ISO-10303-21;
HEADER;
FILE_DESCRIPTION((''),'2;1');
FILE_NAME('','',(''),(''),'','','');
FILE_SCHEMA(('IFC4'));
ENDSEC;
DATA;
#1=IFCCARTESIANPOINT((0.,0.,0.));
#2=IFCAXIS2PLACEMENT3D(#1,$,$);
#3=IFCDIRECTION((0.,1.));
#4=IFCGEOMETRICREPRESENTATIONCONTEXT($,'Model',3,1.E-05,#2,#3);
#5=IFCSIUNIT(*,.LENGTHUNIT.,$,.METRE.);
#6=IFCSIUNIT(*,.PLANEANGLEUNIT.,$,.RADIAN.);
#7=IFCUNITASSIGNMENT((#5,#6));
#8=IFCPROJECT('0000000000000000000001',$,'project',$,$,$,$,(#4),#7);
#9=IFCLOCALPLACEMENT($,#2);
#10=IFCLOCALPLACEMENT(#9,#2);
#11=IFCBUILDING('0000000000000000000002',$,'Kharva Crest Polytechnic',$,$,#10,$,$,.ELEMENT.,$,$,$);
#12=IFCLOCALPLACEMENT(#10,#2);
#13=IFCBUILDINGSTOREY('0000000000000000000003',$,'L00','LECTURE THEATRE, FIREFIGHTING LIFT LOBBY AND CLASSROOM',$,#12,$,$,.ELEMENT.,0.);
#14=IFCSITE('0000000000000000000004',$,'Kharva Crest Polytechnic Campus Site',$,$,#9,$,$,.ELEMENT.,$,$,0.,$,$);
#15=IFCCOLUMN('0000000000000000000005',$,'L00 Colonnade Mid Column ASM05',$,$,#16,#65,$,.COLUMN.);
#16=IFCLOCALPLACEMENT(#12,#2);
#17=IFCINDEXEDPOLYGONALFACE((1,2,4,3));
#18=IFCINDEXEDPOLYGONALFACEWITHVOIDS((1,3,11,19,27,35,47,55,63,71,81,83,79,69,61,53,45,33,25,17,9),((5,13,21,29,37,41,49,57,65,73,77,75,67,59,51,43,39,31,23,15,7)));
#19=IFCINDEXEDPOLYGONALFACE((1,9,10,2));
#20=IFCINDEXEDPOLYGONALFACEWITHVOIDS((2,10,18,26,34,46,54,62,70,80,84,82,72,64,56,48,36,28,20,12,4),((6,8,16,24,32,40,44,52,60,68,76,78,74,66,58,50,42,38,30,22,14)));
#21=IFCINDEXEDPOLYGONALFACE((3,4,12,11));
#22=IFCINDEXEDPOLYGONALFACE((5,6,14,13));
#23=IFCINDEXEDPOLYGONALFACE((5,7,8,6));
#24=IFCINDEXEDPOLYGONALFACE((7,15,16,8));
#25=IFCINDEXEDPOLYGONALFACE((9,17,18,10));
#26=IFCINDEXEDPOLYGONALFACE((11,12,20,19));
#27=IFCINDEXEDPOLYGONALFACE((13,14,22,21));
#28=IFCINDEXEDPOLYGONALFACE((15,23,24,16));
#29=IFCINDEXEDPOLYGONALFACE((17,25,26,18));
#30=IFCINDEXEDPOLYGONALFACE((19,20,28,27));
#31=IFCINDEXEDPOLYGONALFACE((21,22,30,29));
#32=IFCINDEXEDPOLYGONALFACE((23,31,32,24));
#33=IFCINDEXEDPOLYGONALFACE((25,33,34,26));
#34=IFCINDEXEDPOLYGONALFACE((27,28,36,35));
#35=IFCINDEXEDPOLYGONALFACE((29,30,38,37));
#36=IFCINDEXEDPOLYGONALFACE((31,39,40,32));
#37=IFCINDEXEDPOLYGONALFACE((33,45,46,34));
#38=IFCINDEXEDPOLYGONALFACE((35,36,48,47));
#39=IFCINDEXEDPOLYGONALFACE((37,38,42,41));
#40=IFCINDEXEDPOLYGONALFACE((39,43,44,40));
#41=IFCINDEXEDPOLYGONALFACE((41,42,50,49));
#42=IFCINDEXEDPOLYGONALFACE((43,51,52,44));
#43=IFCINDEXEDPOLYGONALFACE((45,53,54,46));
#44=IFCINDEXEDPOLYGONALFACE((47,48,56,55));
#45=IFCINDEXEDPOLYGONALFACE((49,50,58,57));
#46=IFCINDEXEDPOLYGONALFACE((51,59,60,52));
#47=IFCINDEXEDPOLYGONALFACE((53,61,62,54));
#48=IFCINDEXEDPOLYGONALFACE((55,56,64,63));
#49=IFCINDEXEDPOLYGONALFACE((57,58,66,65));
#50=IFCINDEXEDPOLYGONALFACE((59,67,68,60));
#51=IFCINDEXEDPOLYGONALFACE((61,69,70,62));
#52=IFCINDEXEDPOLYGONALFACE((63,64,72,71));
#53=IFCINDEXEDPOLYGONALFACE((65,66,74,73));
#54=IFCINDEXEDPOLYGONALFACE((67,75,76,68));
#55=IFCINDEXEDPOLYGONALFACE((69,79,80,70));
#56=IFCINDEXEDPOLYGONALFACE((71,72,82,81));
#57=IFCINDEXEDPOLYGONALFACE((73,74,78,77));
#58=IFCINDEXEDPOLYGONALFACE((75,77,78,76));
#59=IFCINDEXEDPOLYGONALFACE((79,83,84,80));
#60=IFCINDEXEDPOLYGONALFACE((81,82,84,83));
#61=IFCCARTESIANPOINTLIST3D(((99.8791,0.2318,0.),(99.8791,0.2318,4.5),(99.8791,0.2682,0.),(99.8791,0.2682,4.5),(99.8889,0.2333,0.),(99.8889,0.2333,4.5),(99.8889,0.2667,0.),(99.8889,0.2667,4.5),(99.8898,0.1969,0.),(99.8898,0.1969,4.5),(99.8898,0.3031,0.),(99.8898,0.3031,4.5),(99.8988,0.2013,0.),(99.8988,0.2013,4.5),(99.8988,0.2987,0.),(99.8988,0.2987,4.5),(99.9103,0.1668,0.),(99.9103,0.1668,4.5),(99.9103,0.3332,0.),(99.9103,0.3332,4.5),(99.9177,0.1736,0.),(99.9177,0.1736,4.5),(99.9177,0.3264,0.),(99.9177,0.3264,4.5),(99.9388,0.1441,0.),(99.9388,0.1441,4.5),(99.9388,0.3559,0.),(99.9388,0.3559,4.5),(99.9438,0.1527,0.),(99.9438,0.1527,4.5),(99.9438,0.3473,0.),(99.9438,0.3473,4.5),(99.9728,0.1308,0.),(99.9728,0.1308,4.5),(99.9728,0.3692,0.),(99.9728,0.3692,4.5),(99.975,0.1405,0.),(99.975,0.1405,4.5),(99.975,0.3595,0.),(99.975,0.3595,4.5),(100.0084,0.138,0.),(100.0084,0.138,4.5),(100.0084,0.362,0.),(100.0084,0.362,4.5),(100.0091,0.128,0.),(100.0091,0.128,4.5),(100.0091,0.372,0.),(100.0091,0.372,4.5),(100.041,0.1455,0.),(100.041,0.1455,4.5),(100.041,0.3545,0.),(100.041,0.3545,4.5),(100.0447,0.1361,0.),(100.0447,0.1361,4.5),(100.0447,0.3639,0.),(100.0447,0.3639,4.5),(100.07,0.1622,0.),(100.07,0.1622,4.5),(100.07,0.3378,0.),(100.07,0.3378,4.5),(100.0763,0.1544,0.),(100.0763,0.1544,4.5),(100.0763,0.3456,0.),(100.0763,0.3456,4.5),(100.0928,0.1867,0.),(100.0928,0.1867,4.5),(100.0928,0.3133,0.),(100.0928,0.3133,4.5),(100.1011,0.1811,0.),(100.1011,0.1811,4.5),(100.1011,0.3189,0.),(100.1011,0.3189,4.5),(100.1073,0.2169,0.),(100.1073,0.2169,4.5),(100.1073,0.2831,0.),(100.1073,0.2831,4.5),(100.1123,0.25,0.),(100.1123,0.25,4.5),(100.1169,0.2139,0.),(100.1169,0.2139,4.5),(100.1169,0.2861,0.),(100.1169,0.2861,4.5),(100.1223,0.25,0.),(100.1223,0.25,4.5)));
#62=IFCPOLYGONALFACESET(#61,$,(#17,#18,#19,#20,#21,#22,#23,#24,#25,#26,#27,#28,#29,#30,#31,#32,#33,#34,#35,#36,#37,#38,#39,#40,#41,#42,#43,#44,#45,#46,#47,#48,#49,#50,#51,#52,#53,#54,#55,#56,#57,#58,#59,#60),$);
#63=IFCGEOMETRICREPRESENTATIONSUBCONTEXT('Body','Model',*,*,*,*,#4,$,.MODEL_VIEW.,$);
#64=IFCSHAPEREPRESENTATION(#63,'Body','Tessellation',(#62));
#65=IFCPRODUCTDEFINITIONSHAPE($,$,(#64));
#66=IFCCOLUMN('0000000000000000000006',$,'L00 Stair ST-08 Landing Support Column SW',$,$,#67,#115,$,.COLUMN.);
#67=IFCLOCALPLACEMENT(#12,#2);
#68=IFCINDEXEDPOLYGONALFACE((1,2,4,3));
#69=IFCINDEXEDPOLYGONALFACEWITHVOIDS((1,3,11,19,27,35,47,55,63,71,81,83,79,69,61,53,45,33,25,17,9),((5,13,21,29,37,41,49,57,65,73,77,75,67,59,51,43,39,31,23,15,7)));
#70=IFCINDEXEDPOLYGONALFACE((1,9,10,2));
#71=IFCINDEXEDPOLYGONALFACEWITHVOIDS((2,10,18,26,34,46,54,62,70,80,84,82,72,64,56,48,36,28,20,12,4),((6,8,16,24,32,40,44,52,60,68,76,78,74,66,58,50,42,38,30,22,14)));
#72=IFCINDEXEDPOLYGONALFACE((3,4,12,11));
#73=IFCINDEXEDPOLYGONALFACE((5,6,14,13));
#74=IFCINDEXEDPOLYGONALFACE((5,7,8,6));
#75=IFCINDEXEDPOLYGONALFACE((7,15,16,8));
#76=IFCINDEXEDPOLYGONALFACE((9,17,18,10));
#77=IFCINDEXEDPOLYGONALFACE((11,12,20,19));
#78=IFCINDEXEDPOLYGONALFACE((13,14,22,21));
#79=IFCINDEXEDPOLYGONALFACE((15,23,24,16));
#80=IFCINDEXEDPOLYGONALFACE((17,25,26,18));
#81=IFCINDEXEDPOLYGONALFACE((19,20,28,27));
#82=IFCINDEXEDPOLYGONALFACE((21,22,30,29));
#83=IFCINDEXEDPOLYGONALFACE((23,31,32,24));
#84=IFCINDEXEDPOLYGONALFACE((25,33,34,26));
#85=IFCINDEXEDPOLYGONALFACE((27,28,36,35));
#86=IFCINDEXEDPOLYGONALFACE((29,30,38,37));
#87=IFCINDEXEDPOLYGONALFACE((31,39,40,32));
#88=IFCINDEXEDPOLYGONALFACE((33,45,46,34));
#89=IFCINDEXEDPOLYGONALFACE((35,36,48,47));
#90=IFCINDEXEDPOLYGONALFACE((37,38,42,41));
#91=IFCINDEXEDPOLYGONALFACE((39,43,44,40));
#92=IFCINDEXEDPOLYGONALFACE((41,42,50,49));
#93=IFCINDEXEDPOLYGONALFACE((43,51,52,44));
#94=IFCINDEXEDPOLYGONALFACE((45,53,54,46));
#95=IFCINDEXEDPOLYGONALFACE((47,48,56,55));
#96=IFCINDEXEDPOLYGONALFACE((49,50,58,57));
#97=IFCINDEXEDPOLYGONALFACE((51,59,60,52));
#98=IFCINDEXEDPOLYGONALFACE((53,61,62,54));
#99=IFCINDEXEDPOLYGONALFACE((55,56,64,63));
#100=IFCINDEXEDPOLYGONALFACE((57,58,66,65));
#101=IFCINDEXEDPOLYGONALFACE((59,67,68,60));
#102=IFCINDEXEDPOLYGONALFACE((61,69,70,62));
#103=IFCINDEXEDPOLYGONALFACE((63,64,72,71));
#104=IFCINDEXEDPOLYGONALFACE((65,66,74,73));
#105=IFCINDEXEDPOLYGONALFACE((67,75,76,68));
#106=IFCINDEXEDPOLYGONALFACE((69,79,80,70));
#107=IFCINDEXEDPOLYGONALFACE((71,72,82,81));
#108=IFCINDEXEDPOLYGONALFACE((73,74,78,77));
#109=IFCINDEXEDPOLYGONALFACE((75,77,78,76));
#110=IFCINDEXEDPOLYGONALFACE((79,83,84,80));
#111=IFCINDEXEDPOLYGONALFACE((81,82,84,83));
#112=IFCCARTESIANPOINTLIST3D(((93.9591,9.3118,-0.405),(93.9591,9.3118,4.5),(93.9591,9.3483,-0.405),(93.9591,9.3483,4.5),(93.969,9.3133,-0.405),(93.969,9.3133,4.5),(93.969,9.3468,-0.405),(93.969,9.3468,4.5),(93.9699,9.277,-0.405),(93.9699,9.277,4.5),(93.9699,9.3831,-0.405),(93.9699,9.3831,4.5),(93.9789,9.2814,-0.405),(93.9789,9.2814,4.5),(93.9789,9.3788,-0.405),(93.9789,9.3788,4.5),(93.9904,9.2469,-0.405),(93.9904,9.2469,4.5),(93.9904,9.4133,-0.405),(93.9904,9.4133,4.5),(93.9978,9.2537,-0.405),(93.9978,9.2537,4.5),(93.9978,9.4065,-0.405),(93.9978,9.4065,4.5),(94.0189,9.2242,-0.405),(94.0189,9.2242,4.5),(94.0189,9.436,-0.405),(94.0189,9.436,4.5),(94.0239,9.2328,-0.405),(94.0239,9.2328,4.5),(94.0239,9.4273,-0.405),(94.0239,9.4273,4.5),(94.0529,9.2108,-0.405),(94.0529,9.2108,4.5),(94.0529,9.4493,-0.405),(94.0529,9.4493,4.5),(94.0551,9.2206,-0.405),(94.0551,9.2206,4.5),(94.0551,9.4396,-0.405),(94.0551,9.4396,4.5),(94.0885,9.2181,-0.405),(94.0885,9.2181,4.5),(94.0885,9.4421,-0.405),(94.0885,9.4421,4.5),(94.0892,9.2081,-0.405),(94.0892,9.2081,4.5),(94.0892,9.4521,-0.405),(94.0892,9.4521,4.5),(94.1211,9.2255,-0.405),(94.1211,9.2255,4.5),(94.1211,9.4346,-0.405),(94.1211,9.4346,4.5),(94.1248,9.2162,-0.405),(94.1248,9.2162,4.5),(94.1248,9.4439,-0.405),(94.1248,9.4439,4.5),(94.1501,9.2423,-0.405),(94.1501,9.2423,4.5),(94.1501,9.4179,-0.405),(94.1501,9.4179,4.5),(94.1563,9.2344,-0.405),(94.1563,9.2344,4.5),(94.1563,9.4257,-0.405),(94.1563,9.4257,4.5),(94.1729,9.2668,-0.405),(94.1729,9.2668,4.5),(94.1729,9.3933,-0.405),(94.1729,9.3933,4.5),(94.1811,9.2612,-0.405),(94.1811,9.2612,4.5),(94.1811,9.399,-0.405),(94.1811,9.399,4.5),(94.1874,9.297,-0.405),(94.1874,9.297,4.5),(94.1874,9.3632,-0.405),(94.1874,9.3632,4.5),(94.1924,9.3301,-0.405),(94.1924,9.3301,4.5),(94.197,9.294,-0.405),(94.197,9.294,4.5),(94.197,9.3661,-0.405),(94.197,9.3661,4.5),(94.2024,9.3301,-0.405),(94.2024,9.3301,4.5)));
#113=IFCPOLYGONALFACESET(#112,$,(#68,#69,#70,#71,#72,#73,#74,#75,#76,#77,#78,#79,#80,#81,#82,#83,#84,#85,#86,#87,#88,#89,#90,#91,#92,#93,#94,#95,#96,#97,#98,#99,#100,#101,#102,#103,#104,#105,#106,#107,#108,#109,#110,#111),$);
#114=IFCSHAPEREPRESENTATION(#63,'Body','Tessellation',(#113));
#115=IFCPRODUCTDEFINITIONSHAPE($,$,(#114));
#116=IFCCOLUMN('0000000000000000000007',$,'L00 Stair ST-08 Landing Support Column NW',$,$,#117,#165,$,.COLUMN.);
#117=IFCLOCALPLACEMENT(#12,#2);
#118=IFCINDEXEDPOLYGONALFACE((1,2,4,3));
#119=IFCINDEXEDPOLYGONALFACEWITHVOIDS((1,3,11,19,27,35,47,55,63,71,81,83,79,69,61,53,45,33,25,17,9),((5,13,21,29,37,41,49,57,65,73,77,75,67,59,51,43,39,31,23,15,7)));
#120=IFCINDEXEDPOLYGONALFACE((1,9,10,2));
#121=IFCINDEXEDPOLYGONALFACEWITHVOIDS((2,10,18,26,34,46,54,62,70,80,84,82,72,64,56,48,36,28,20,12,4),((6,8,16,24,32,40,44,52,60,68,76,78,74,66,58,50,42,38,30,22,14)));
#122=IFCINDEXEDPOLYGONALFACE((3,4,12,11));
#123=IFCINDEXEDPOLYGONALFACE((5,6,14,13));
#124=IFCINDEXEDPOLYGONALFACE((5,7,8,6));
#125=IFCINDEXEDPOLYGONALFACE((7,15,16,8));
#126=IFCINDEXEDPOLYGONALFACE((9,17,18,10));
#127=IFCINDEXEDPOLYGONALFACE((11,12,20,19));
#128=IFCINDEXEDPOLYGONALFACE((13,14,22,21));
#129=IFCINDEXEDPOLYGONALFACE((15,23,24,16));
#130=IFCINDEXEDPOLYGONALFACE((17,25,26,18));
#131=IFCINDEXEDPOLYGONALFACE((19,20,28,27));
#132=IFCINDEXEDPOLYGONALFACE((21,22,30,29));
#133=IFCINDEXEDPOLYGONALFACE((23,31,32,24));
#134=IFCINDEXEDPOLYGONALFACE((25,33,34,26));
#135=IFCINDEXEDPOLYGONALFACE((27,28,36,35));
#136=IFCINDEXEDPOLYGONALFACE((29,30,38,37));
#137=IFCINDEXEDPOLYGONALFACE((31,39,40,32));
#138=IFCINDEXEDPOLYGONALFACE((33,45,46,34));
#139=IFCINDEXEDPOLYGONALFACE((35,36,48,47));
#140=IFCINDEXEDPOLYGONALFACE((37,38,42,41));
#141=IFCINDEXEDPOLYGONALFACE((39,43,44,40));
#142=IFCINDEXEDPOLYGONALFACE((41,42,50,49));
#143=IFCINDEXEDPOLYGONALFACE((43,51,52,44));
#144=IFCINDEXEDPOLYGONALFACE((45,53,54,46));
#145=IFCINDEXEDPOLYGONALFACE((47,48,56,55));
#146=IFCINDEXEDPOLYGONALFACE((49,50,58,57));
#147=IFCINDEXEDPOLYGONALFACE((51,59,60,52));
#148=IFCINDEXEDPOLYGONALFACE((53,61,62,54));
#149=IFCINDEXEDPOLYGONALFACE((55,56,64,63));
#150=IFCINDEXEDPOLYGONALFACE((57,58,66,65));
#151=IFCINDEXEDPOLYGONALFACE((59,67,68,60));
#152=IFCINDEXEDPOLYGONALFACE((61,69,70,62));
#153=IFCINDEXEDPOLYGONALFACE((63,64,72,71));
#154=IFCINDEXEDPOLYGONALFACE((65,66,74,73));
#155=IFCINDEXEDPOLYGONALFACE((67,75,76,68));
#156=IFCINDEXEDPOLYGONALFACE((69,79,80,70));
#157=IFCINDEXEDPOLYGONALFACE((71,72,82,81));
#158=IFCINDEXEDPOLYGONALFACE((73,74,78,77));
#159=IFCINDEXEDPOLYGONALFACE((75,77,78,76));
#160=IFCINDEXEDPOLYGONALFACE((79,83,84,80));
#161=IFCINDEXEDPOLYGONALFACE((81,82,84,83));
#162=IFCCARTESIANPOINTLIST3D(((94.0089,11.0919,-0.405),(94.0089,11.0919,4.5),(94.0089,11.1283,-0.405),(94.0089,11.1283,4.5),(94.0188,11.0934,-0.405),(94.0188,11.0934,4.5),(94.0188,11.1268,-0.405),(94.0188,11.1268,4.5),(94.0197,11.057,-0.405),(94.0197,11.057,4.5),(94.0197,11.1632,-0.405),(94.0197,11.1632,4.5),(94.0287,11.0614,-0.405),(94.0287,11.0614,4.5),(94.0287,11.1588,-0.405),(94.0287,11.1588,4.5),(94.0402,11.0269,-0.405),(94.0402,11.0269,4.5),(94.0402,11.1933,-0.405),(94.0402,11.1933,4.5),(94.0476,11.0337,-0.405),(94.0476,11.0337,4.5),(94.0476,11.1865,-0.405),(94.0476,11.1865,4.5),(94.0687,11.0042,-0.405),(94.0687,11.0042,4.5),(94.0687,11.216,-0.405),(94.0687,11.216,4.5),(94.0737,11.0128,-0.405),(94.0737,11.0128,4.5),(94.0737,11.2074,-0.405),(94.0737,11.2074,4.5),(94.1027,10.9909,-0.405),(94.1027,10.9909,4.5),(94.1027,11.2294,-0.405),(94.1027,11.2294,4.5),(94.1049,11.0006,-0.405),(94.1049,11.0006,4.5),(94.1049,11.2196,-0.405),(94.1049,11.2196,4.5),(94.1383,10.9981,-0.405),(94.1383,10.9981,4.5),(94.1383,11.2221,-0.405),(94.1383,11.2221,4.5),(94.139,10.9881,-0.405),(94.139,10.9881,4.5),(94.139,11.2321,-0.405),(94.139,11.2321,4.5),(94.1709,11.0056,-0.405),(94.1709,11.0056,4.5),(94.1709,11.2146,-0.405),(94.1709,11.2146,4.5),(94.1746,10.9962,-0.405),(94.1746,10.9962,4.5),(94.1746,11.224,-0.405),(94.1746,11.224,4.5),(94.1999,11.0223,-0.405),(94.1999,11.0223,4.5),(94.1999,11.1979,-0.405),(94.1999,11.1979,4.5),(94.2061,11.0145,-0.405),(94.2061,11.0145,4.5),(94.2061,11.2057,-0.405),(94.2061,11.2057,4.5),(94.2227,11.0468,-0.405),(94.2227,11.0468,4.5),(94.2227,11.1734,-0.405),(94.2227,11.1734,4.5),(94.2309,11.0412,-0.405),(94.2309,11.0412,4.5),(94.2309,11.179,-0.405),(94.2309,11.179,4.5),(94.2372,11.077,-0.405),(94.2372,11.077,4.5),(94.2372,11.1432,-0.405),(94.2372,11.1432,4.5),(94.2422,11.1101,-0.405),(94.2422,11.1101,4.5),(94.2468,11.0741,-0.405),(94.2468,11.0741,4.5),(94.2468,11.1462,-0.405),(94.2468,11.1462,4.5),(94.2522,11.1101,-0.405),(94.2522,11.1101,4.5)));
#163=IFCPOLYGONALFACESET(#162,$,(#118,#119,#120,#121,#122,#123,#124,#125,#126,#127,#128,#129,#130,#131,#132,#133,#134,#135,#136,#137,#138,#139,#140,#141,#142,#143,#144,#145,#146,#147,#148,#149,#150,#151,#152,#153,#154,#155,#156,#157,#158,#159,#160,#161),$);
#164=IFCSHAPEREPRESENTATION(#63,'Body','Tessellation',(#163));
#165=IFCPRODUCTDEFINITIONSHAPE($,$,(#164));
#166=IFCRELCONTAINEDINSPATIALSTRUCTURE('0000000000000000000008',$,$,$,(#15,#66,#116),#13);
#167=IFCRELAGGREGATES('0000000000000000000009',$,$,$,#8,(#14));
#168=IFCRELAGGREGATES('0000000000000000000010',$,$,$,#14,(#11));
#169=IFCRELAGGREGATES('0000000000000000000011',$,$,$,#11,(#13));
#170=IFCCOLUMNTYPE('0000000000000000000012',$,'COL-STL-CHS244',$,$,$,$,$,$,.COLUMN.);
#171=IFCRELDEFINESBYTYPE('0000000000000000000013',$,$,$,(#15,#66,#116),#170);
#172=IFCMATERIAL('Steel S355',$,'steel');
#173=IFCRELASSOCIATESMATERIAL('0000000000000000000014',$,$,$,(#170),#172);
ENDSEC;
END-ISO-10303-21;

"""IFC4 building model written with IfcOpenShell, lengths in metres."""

from ifc_helpers import new_model, si_unit, direction, frame, origin, origin_2d, place, context, subcontext, project, spatial, hollow_circle, extrude, material, material_profile, profile_set, type_object, element, save


model = new_model("IFC4")

# Units and contexts
model_context = context("Model", 3, precision=1e-05, world=origin(), true_north=direction((0.0, 1.0)))
body_context = subcontext(model_context, "Body", "Model", "MODEL_VIEW")
ifc_project = project(units=[si_unit("LENGTHUNIT", "METRE"), si_unit("PLANEANGLEUNIT", "RADIAN")], contexts=[model_context])

# Site, building, storey
site_placement = place(None, origin())
site = spatial("IfcSite", under=ifc_project, at=site_placement, Name="Kharva Crest Polytechnic Campus Site", CompositionType="ELEMENT", RefElevation=0.0)
building_placement = place(site_placement, origin())
building = spatial("IfcBuilding", under=site, at=building_placement, Name="Kharva Crest Polytechnic", CompositionType="ELEMENT")
storey_placement = place(building_placement, origin())
storey = spatial("IfcBuildingStorey", under=building, at=storey_placement, Name="L00", Description="LECTURE THEATRE, FIREFIGHTING LIFT LOBBY AND CLASSROOM", CompositionType="ELEMENT", Elevation=0.0)

# Columns
ifc_material_1 = material(Name="Steel S355", Category="steel")
ifc_material_profile_1 = material_profile(ifc_material_1, hollow_circle(Radius=0.1223, WallThickness=0.01, at=origin_2d()), Name="CHS 244.5X10.0")
ifc_profile_set_1 = profile_set([ifc_material_profile_1], Name="Steel S355")
column_type_1 = type_object("IfcColumnType", Name="COL-STL-CHS244", PredefinedType="COLUMN", material=ifc_profile_set_1)
column_1_placement = place(storey_placement, frame((100.0, 0.25, 0.0), z_axis=(0.0, 0.0, 1.0), x_axis=(1.0, 0.0, 0.0)))
element("IfcColumn", 1, at=column_1_placement, inside=storey, type_object=column_type_1, Name="L00 Colonnade Mid Column ASM05", PredefinedType="COLUMN", context=body_context, shape_type="SweptSolid", body=[
    extrude(hollow_circle(Radius=0.1223, WallThickness=0.01, at=origin_2d()), origin(), (0.0, 0.0, 1.0), 4.5),
])
for number, where, z_axis, x_axis, name in (
    (2, (94.0801, 9.3301, -0.405), (0.0, 0.0, 1.0), (1.0, 0.0, 0.0), "L00 Stair ST-08 Landing Support Column SW"),
    (3, (94.1299, 11.1101, -0.405), (0.0, 0.0, 1.0), (1.0, 0.0, 0.0), "L00 Stair ST-08 Landing Support Column NW"),
):
    element("IfcColumn", number, at=place(storey_placement, frame(where, z_axis=z_axis, x_axis=x_axis)), inside=storey, type_object=column_type_1, Name=name, PredefinedType="COLUMN", context=body_context, shape_type="SweptSolid", body=[
        extrude(hollow_circle(Radius=0.1223, WallThickness=0.01, at=origin_2d()), origin(), (0.0, 0.0, 1.0), 4.905),
    ])

save(model, "model.ifc")
